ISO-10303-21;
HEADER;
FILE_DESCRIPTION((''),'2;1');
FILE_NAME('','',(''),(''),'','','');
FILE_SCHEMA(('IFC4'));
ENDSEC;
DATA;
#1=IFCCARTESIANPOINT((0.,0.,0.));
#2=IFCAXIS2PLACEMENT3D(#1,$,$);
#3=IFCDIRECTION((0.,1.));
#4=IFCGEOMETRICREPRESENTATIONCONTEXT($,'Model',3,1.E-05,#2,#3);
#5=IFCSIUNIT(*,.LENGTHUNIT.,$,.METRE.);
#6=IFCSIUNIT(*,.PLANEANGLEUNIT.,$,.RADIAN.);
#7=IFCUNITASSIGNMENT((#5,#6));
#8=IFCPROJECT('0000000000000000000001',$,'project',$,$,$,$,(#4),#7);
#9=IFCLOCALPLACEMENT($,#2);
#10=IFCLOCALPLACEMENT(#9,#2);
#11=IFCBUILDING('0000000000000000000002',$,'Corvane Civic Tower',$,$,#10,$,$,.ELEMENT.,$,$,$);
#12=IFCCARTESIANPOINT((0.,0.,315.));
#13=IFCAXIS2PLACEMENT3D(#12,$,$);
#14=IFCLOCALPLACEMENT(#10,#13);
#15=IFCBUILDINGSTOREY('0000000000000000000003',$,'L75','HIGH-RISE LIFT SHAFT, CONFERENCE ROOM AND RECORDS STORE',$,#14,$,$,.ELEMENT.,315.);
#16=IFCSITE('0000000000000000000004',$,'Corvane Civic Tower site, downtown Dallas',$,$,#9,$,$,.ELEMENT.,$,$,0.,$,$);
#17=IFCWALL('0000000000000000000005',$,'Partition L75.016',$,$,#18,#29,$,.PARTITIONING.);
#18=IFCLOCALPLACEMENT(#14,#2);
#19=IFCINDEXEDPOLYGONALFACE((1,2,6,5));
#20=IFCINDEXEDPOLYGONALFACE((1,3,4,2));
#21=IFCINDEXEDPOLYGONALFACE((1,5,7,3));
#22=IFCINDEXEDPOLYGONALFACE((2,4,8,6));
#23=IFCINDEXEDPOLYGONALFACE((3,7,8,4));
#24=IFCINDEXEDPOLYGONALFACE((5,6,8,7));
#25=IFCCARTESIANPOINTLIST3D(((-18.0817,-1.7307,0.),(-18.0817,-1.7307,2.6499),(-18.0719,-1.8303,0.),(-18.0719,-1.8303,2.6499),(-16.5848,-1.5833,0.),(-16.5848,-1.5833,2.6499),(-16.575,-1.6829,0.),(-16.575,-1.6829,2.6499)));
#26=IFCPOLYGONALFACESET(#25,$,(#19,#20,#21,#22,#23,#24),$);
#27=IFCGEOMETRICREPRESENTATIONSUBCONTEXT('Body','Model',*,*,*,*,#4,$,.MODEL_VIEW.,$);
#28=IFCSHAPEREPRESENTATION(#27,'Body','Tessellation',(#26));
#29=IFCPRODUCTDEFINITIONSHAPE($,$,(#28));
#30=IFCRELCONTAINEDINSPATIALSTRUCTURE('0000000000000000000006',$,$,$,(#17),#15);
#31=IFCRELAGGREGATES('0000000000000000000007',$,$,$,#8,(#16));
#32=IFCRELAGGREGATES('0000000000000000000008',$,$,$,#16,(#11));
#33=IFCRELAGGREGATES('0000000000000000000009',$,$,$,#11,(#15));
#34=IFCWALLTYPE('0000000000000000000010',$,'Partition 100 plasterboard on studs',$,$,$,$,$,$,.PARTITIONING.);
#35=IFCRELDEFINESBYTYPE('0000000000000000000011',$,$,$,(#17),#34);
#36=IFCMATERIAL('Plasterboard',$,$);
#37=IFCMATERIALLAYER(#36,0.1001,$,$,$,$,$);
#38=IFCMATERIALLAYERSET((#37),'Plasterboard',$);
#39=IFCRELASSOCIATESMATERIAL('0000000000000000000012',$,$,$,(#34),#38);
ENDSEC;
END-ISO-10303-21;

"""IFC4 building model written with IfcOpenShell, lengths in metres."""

from ifc_helpers import new_model, si_unit, direction, frame, frame_2d, origin, place, context, subcontext, project, spatial, rectangle, extrude, material, layer, layer_set, type_object, element, save


model = new_model("IFC4")

# Units and contexts
model_context = context("Model", 3, precision=1e-05, world=origin(), true_north=direction((0.0, 1.0)))
body_context = subcontext(model_context, "Body", "Model", "MODEL_VIEW")
ifc_project = project(units=[si_unit("LENGTHUNIT", "METRE"), si_unit("PLANEANGLEUNIT", "RADIAN")], contexts=[model_context])

# Site, building, storey
site_placement = place(None, origin())
site = spatial("IfcSite", under=ifc_project, at=site_placement, Name="Corvane Civic Tower site, downtown Dallas", CompositionType="ELEMENT", RefElevation=0.0)
building_placement = place(site_placement, origin())
building = spatial("IfcBuilding", under=site, at=building_placement, Name="Corvane Civic Tower", CompositionType="ELEMENT")
storey_placement = place(building_placement, frame((0.0, 0.0, 315.0)))
storey = spatial("IfcBuildingStorey", under=building, at=storey_placement, Name="L75", Description="HIGH-RISE LIFT SHAFT, CONFERENCE ROOM AND RECORDS STORE", CompositionType="ELEMENT", Elevation=315.0)

# Shared definitions
ifc_material_1 = material(Name="Plasterboard")
ifc_layer_1 = layer(ifc_material_1, 0.1001)
ifc_layer_set_1 = layer_set([ifc_layer_1], Name="Plasterboard")
wall_type = type_object("IfcWallType", Name="Partition 100 plasterboard on studs", PredefinedType="PARTITIONING", material=ifc_layer_set_1)

# Wall
wall_1_placement = place(storey_placement, frame((-18.0767, -1.7805, 0.0), z_axis=(0.0, 0.0, 1.0), x_axis=(0.995182, 0.098041, 0.0)))
element("IfcWall", 1, at=wall_1_placement, inside=storey, type_object=wall_type, Name="Partition L75.016", PredefinedType="PARTITIONING", context=body_context, shape_type="SweptSolid", body=[
    extrude(rectangle(XDim=1.5042, YDim=0.1001, at=frame_2d((0.752, 0.0))), origin(), (0.0, 0.0, 1.0), 2.6499),
])

save(model, "model.ifc")
